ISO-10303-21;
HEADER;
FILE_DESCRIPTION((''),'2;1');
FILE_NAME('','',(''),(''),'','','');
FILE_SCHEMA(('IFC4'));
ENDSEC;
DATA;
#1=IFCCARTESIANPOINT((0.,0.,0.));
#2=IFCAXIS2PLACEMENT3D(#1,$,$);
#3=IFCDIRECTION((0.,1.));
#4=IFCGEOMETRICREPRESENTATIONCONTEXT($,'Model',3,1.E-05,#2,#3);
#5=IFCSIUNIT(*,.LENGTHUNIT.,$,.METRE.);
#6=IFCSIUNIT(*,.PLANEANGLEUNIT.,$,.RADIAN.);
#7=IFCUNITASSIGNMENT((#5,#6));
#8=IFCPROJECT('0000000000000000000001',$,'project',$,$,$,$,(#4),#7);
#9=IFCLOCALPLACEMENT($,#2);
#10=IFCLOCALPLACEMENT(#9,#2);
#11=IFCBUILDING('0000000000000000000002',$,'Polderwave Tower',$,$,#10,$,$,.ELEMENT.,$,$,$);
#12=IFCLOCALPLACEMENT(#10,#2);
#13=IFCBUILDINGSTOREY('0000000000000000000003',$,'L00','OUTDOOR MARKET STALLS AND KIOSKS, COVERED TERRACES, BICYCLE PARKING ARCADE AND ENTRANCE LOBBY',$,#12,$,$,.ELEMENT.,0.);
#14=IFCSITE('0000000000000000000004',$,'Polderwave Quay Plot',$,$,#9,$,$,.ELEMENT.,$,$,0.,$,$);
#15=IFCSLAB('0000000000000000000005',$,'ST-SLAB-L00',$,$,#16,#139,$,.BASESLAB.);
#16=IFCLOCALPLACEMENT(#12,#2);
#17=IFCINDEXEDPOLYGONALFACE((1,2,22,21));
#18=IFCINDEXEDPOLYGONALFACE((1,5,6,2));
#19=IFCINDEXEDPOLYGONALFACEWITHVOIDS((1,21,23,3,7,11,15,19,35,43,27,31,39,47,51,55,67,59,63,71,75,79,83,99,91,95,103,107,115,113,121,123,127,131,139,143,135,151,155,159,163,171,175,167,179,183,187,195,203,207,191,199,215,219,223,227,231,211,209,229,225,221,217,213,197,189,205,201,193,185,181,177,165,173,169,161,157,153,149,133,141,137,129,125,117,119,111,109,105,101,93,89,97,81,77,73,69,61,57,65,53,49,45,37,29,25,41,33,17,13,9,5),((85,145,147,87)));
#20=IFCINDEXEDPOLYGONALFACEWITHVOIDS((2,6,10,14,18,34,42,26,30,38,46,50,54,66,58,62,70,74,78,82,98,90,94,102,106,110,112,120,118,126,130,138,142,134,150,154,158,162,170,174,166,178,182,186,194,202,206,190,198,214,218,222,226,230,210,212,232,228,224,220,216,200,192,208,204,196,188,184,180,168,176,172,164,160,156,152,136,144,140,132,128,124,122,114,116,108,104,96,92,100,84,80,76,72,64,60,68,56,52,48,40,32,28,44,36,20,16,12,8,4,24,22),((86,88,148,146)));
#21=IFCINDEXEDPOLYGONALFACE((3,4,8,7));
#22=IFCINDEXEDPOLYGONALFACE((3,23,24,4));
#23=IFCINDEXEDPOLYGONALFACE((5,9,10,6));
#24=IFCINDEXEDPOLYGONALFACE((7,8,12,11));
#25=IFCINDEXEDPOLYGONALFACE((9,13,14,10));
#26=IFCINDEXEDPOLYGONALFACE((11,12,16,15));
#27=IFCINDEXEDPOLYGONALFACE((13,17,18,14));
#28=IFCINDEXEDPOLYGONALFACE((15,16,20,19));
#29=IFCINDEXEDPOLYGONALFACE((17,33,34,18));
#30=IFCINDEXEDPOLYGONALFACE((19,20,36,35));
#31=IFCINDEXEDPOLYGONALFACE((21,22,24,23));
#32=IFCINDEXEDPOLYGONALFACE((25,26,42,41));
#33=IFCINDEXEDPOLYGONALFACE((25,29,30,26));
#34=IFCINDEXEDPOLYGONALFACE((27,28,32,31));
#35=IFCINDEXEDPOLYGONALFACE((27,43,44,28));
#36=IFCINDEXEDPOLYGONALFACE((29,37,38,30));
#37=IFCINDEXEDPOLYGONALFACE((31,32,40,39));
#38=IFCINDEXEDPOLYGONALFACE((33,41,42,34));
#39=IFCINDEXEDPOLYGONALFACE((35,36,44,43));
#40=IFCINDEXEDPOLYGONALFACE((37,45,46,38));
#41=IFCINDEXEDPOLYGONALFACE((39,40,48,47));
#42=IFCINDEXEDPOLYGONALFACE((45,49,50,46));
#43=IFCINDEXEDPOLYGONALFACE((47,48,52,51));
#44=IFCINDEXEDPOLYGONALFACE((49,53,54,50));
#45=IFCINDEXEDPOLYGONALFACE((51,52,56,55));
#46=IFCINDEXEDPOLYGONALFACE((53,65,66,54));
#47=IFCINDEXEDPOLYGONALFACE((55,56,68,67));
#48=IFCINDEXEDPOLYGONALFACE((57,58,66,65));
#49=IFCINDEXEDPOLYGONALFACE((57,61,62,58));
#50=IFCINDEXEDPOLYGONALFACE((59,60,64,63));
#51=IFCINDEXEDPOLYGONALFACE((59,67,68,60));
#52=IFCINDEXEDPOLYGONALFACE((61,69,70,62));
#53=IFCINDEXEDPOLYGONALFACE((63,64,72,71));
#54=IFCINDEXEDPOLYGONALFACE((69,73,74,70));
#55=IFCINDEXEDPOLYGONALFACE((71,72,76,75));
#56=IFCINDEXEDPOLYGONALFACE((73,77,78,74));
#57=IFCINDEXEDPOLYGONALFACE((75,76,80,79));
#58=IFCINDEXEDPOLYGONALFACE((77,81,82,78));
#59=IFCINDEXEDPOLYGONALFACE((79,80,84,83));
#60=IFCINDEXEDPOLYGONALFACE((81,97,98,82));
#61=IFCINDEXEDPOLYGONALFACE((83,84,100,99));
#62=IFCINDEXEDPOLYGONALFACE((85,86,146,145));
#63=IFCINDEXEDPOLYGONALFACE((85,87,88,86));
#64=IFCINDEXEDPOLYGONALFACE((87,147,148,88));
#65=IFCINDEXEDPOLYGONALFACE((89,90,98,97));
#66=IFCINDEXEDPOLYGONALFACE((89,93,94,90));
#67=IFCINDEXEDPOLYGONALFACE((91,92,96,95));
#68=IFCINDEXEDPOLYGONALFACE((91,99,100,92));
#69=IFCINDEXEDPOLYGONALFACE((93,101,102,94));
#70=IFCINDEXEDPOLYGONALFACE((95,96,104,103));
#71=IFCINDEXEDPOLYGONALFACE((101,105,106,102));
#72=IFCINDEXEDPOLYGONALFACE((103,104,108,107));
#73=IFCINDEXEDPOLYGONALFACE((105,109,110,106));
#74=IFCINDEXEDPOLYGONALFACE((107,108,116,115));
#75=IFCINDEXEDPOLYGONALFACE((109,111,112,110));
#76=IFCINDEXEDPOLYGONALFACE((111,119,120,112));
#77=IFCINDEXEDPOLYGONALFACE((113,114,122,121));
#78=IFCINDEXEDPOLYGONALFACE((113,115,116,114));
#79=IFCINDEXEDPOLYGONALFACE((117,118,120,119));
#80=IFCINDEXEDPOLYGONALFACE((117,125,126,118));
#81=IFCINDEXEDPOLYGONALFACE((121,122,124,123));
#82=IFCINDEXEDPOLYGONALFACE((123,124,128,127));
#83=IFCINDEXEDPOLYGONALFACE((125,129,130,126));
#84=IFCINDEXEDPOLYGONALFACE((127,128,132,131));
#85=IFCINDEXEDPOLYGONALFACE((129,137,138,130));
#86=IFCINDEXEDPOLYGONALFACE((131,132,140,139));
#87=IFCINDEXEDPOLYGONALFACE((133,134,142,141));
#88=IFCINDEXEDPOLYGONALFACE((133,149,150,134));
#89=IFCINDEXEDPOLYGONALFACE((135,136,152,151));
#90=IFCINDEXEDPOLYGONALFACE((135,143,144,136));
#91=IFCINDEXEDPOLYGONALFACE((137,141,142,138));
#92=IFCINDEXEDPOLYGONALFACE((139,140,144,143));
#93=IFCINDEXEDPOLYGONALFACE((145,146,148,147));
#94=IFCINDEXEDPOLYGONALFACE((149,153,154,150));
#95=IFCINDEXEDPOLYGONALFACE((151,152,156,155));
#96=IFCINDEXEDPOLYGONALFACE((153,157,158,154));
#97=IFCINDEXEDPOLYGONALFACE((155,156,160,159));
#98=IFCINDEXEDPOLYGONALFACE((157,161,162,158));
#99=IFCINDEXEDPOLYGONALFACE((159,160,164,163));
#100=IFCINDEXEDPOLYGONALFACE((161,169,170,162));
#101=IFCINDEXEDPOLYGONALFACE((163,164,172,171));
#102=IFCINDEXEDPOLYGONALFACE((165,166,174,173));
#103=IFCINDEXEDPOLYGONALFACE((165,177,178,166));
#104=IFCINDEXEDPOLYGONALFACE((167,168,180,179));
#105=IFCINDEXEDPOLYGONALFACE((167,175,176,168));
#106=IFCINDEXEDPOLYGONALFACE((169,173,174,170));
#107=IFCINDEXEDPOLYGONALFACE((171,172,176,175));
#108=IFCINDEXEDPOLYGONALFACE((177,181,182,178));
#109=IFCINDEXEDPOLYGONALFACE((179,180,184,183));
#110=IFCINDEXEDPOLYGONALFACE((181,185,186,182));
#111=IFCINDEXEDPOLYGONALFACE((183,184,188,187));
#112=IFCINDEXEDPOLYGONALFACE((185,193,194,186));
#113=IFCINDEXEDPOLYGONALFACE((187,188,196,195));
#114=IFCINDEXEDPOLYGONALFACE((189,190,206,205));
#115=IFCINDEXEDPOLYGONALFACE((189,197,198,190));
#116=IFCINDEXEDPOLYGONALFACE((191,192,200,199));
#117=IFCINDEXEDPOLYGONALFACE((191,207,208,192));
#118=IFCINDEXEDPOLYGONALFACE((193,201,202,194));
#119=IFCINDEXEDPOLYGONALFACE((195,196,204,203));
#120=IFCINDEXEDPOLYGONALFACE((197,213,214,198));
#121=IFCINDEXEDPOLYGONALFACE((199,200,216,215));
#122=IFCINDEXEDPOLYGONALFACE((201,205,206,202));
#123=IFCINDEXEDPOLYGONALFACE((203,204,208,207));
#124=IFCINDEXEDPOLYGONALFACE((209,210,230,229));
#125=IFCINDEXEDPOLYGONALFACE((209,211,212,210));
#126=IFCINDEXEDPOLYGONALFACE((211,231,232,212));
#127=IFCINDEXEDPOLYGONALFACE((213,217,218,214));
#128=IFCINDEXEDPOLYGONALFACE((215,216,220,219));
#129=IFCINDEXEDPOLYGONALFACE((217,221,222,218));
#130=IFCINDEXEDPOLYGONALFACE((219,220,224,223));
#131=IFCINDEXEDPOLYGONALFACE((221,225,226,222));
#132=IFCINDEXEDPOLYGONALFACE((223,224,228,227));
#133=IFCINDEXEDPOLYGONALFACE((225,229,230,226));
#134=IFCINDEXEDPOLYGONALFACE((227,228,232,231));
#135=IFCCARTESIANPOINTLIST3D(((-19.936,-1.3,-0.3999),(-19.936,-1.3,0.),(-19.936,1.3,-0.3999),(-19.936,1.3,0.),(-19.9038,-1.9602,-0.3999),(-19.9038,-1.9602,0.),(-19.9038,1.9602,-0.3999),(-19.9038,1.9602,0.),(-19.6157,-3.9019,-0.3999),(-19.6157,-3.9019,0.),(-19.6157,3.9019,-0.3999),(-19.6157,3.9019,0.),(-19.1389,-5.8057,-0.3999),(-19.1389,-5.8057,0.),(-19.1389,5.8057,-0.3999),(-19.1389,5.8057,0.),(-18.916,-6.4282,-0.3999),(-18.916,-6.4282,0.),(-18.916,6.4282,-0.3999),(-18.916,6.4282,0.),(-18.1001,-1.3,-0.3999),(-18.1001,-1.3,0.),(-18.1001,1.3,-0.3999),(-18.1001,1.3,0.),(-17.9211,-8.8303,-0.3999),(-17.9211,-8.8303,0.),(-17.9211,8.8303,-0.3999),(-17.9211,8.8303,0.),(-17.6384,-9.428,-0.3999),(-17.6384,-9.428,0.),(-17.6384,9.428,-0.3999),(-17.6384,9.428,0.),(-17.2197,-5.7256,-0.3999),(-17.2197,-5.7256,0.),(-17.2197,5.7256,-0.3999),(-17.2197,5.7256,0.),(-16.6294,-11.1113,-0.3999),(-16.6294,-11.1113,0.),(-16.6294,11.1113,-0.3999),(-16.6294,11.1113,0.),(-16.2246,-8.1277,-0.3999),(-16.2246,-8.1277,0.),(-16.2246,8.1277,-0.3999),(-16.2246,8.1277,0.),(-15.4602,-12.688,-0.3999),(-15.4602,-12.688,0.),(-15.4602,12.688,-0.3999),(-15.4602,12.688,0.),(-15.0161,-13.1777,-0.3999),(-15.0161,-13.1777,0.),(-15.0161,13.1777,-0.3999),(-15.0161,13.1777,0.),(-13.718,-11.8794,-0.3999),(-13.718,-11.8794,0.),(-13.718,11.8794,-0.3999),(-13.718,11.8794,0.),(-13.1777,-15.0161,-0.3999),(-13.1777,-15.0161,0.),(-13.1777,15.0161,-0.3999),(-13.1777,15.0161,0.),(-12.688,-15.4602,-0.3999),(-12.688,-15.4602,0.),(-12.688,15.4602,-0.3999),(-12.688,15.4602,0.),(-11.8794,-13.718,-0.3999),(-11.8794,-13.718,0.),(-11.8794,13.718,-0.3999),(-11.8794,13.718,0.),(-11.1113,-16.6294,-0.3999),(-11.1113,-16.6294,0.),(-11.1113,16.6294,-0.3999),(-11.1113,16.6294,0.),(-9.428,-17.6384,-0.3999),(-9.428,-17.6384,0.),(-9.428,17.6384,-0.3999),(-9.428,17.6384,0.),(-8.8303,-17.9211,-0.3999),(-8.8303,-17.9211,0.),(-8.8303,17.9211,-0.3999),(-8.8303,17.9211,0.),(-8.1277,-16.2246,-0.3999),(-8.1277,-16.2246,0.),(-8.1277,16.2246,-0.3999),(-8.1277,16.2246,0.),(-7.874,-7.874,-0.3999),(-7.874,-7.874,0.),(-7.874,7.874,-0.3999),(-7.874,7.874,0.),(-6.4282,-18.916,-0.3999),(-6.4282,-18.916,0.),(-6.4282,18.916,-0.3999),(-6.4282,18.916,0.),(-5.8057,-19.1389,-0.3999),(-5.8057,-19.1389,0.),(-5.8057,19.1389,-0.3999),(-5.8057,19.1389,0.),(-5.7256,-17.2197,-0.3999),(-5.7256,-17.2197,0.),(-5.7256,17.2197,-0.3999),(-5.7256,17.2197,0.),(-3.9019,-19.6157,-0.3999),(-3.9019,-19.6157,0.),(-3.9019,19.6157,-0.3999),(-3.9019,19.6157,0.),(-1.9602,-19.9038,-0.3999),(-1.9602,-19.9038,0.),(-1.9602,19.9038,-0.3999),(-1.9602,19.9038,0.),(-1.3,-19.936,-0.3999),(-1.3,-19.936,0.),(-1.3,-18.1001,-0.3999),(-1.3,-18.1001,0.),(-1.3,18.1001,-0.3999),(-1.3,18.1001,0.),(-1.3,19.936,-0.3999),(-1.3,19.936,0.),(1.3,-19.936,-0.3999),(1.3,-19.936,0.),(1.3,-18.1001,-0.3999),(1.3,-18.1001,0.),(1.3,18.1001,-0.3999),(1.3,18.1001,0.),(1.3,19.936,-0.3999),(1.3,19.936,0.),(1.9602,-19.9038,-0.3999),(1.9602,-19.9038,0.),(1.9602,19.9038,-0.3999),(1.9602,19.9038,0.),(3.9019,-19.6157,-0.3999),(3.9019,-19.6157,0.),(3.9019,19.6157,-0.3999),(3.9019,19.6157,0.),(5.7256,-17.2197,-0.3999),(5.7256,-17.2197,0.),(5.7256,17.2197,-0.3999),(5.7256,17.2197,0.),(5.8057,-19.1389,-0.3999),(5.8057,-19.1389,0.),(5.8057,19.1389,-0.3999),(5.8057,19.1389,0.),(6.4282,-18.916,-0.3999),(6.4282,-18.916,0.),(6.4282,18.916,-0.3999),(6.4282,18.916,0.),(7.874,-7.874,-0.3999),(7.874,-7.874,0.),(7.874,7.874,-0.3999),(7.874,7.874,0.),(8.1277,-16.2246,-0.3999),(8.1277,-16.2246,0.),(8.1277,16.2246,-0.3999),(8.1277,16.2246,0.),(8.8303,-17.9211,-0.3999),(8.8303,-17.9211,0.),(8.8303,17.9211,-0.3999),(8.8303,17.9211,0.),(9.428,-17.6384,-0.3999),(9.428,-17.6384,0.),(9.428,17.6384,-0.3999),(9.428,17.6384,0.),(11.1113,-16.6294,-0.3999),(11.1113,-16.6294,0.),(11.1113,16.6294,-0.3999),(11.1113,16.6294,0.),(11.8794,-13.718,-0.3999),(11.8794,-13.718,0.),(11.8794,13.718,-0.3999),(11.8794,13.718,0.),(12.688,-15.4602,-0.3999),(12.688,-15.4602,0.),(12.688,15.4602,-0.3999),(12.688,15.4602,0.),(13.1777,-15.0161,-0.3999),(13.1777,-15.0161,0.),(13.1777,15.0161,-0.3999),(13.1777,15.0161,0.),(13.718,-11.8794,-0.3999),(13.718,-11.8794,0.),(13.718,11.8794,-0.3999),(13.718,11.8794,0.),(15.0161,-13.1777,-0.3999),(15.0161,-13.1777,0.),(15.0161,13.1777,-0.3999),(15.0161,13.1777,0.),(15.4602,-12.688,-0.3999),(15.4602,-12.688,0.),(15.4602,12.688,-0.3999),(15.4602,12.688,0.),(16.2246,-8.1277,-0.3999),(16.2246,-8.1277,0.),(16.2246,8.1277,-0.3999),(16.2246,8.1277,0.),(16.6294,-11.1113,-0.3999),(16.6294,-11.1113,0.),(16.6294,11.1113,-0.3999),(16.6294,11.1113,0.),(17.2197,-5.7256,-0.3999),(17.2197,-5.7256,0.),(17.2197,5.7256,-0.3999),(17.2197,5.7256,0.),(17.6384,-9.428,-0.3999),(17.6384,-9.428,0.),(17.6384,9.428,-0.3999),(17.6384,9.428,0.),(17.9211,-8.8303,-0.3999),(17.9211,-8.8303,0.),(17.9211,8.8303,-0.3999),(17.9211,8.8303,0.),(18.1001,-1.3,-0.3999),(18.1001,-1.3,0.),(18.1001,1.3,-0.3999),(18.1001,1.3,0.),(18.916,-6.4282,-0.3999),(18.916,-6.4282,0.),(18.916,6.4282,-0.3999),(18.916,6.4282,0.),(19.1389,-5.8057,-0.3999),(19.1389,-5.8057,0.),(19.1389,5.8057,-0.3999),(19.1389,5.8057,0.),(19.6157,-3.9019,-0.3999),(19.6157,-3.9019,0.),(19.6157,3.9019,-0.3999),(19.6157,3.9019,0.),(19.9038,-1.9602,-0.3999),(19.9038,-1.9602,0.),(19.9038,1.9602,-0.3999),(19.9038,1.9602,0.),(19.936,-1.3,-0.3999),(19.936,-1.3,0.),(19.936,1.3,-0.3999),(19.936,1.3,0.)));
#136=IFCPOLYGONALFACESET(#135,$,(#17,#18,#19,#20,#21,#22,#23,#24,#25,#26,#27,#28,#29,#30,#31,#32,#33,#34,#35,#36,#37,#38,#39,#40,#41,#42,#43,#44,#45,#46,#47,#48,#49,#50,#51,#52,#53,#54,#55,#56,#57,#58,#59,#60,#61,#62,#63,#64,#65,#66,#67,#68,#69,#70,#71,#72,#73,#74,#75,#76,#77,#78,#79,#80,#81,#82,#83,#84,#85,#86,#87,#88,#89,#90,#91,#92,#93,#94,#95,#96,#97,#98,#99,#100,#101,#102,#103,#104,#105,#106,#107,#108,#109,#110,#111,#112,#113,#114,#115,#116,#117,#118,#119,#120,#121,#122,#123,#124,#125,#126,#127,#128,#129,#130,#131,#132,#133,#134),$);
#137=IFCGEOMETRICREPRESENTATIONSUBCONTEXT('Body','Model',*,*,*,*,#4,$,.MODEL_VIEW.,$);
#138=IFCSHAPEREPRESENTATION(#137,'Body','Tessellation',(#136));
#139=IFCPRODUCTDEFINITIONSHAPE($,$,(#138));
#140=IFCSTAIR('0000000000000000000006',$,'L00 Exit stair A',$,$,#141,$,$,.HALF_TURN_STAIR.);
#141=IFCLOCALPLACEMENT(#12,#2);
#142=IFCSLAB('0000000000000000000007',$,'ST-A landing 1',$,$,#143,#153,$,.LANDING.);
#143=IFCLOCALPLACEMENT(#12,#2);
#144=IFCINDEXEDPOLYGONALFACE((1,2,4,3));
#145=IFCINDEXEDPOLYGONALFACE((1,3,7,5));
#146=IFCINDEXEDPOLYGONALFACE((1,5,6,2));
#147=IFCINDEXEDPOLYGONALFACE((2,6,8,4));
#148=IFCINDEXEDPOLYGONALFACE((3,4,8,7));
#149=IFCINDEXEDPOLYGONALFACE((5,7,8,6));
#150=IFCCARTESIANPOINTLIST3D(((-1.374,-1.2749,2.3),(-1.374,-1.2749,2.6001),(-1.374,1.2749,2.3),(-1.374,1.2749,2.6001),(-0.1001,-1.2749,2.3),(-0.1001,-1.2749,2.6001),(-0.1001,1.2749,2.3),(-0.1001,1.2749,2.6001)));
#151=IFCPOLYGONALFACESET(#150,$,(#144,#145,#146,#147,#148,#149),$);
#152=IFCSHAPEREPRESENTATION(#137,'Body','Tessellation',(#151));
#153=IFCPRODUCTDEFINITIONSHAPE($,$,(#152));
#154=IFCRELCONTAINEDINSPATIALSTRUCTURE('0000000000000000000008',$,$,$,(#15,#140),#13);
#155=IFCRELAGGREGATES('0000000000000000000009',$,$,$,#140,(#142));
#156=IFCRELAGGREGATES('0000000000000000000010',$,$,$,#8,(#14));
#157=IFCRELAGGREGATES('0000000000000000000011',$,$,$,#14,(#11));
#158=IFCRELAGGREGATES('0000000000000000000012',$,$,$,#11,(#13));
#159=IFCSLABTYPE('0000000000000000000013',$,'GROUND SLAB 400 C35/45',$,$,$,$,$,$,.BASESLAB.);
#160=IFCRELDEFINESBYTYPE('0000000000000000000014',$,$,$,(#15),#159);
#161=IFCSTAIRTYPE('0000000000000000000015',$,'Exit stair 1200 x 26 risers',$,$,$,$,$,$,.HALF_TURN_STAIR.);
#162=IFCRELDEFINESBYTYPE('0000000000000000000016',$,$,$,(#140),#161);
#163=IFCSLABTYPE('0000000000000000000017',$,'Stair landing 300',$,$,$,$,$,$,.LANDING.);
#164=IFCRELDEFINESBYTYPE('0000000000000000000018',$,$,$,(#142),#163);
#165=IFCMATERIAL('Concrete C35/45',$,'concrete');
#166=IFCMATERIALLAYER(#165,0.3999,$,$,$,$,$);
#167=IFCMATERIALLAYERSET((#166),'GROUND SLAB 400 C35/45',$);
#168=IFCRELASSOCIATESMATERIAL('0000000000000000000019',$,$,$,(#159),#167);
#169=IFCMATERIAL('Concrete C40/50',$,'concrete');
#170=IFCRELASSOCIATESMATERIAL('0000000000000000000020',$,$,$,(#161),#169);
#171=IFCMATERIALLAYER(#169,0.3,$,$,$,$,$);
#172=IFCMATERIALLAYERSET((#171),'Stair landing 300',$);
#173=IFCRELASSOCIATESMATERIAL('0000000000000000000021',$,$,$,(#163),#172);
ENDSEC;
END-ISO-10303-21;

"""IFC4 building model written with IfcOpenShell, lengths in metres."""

from ifc_helpers import new_model, si_unit, direction, frame, origin, place, context, subcontext, project, spatial, polyline, outline, extrude, material, layer, layer_set, type_object, element, aggregate, save


model = new_model("IFC4")

# Units and contexts
model_context = context("Model", 3, precision=1e-05, world=origin(), true_north=direction((0.0, 1.0)))
body_context = subcontext(model_context, "Body", "Model", "MODEL_VIEW")
ifc_project = project(units=[si_unit("LENGTHUNIT", "METRE"), si_unit("PLANEANGLEUNIT", "RADIAN")], contexts=[model_context])

# Site, building, storey
site_placement = place(None, origin())
site = spatial("IfcSite", under=ifc_project, at=site_placement, Name="Polderwave Quay Plot", CompositionType="ELEMENT", RefElevation=0.0)
building_placement = place(site_placement, origin())
building = spatial("IfcBuilding", under=site, at=building_placement, Name="Polderwave Tower", CompositionType="ELEMENT")
storey_placement = place(building_placement, origin())
storey = spatial("IfcBuildingStorey", under=building, at=storey_placement, Name="L00", Description="OUTDOOR MARKET STALLS AND KIOSKS, COVERED TERRACES, BICYCLE PARKING ARCADE AND ENTRANCE LOBBY", CompositionType="ELEMENT", Elevation=0.0)

# Shared definitions
ifc_material_1 = material(Name="Concrete C35/45", Category="concrete")

# Shared definitions
ifc_material_2 = material(Name="Concrete C40/50", Category="concrete")

# Slab
ifc_layer_1 = layer(ifc_material_1, 0.3999)
ifc_layer_set_1 = layer_set([ifc_layer_1], Name="GROUND SLAB 400 C35/45")
slab_type_1 = type_object("IfcSlabType", Name="GROUND SLAB 400 C35/45", PredefinedType="BASESLAB", material=ifc_layer_set_1)
slab_1_placement = place(storey_placement, frame((0.0, 0.0, -0.3999)))
element("IfcSlab", 1, at=slab_1_placement, inside=storey, type_object=slab_type_1, Name="ST-SLAB-L00", PredefinedType="BASESLAB", context=body_context, shape_type="SweptSolid", body=[
    extrude(outline(polyline([(19.1389, 5.8057), (19.6157, 3.9019), (19.9038, 1.9602), (19.936, 1.3), (18.1001, 1.3), (18.1001, -1.3), (19.936, -1.3), (19.9038, -1.9602), (19.6157, -3.9019), (19.1389, -5.8057), (18.916, -6.4282), (17.2197, -5.7256), (16.2246, -8.1277), (17.9211, -8.8303), (17.6384, -9.428), (16.6294, -11.1113), (15.4602, -12.688), (15.0161, -13.1777), (13.718, -11.8794), (11.8794, -13.718), (13.1777, -15.0161), (12.688, -15.4602), (11.1113, -16.6294), (9.428, -17.6384), (8.8303, -17.9211), (8.1277, -16.2246), (5.7256, -17.2197), (6.4282, -18.916), (5.8057, -19.1389), (3.9019, -19.6157), (1.9602, -19.9038), (1.3, -19.936), (1.3, -18.1001), (-1.3, -18.1001), (-1.3, -19.936), (-1.9602, -19.9038), (-3.9019, -19.6157), (-5.8057, -19.1389), (-6.4282, -18.916), (-5.7256, -17.2197), (-8.1277, -16.2246), (-8.8303, -17.9211), (-9.428, -17.6384), (-11.1113, -16.6294), (-12.688, -15.4602), (-13.1777, -15.0161), (-11.8794, -13.718), (-13.718, -11.8794), (-15.0161, -13.1777), (-15.4602, -12.688), (-16.6294, -11.1113), (-17.6384, -9.428), (-17.9211, -8.8303), (-16.2246, -8.1277), (-17.2197, -5.7256), (-18.916, -6.4282), (-19.1389, -5.8057), (-19.6157, -3.9019), (-19.9038, -1.9602), (-19.936, -1.3), (-18.1001, -1.3), (-18.1001, 1.3), (-19.936, 1.3), (-19.9038, 1.9602), (-19.6157, 3.9019), (-19.1389, 5.8057), (-18.916, 6.4282), (-17.2197, 5.7256), (-16.2246, 8.1277), (-17.9211, 8.8303), (-17.6384, 9.428), (-16.6294, 11.1113), (-15.4602, 12.688), (-15.0161, 13.1777), (-13.718, 11.8794), (-11.8794, 13.718), (-13.1777, 15.0161), (-12.688, 15.4602), (-11.1113, 16.6294), (-9.428, 17.6384), (-8.8303, 17.9211), (-8.1277, 16.2246), (-5.7256, 17.2197), (-6.4282, 18.916), (-5.8057, 19.1389), (-3.9019, 19.6157), (-1.9602, 19.9038), (-1.3, 19.936), (-1.3, 18.1001), (1.3, 18.1001), (1.3, 19.936), (1.9602, 19.9038), (3.9019, 19.6157), (5.8057, 19.1389), (6.4282, 18.916), (5.7256, 17.2197), (8.1277, 16.2246), (8.8303, 17.9211), (9.428, 17.6384), (11.1113, 16.6294), (12.688, 15.4602), (13.1777, 15.0161), (11.8794, 13.718), (13.718, 11.8794), (15.0161, 13.1777), (15.4602, 12.688), (16.6294, 11.1113), (17.6384, 9.428), (17.9211, 8.8303), (16.2246, 8.1277), (17.2197, 5.7256), (18.916, 6.4282), (19.1389, 5.8057)]), holes=[polyline([(-7.874, -7.874), (7.874, -7.874), (7.874, 7.874), (-7.874, 7.874), (-7.874, -7.874)])]), origin(), (0.0, 0.0, 1.0), 0.3999),
])

# Stair, slab
stair_type = type_object("IfcStairType", Name="Exit stair 1200 x 26 risers", PredefinedType="HALF_TURN_STAIR", material=ifc_material_2)
stair_1_placement = place(storey_placement, origin())
stair_1 = element("IfcStair", 2, at=stair_1_placement, inside=storey, type_object=stair_type, Name="L00 Exit stair A", PredefinedType="HALF_TURN_STAIR")
ifc_layer_2 = layer(ifc_material_2, 0.3)
ifc_layer_set_2 = layer_set([ifc_layer_2], Name="Stair landing 300")
slab_type_2 = type_object("IfcSlabType", Name="Stair landing 300", PredefinedType="LANDING", material=ifc_layer_set_2)
slab_2_placement = place(storey_placement, frame((0.0, 0.0, 2.3)))
slab_2 = element("IfcSlab", 3, at=slab_2_placement, type_object=slab_type_2, Name="ST-A landing 1", PredefinedType="LANDING", context=body_context, shape_type="SweptSolid", body=[
    extrude(outline(polyline([(-1.374, -1.2749), (-0.1001, -1.2749), (-0.1001, 1.2749), (-1.374, 1.2749), (-1.374, -1.2749)])), origin(), (0.0, 0.0, 1.0), 0.3),
])
aggregate(stair_1, [slab_2])

save(model, "model.ifc")
